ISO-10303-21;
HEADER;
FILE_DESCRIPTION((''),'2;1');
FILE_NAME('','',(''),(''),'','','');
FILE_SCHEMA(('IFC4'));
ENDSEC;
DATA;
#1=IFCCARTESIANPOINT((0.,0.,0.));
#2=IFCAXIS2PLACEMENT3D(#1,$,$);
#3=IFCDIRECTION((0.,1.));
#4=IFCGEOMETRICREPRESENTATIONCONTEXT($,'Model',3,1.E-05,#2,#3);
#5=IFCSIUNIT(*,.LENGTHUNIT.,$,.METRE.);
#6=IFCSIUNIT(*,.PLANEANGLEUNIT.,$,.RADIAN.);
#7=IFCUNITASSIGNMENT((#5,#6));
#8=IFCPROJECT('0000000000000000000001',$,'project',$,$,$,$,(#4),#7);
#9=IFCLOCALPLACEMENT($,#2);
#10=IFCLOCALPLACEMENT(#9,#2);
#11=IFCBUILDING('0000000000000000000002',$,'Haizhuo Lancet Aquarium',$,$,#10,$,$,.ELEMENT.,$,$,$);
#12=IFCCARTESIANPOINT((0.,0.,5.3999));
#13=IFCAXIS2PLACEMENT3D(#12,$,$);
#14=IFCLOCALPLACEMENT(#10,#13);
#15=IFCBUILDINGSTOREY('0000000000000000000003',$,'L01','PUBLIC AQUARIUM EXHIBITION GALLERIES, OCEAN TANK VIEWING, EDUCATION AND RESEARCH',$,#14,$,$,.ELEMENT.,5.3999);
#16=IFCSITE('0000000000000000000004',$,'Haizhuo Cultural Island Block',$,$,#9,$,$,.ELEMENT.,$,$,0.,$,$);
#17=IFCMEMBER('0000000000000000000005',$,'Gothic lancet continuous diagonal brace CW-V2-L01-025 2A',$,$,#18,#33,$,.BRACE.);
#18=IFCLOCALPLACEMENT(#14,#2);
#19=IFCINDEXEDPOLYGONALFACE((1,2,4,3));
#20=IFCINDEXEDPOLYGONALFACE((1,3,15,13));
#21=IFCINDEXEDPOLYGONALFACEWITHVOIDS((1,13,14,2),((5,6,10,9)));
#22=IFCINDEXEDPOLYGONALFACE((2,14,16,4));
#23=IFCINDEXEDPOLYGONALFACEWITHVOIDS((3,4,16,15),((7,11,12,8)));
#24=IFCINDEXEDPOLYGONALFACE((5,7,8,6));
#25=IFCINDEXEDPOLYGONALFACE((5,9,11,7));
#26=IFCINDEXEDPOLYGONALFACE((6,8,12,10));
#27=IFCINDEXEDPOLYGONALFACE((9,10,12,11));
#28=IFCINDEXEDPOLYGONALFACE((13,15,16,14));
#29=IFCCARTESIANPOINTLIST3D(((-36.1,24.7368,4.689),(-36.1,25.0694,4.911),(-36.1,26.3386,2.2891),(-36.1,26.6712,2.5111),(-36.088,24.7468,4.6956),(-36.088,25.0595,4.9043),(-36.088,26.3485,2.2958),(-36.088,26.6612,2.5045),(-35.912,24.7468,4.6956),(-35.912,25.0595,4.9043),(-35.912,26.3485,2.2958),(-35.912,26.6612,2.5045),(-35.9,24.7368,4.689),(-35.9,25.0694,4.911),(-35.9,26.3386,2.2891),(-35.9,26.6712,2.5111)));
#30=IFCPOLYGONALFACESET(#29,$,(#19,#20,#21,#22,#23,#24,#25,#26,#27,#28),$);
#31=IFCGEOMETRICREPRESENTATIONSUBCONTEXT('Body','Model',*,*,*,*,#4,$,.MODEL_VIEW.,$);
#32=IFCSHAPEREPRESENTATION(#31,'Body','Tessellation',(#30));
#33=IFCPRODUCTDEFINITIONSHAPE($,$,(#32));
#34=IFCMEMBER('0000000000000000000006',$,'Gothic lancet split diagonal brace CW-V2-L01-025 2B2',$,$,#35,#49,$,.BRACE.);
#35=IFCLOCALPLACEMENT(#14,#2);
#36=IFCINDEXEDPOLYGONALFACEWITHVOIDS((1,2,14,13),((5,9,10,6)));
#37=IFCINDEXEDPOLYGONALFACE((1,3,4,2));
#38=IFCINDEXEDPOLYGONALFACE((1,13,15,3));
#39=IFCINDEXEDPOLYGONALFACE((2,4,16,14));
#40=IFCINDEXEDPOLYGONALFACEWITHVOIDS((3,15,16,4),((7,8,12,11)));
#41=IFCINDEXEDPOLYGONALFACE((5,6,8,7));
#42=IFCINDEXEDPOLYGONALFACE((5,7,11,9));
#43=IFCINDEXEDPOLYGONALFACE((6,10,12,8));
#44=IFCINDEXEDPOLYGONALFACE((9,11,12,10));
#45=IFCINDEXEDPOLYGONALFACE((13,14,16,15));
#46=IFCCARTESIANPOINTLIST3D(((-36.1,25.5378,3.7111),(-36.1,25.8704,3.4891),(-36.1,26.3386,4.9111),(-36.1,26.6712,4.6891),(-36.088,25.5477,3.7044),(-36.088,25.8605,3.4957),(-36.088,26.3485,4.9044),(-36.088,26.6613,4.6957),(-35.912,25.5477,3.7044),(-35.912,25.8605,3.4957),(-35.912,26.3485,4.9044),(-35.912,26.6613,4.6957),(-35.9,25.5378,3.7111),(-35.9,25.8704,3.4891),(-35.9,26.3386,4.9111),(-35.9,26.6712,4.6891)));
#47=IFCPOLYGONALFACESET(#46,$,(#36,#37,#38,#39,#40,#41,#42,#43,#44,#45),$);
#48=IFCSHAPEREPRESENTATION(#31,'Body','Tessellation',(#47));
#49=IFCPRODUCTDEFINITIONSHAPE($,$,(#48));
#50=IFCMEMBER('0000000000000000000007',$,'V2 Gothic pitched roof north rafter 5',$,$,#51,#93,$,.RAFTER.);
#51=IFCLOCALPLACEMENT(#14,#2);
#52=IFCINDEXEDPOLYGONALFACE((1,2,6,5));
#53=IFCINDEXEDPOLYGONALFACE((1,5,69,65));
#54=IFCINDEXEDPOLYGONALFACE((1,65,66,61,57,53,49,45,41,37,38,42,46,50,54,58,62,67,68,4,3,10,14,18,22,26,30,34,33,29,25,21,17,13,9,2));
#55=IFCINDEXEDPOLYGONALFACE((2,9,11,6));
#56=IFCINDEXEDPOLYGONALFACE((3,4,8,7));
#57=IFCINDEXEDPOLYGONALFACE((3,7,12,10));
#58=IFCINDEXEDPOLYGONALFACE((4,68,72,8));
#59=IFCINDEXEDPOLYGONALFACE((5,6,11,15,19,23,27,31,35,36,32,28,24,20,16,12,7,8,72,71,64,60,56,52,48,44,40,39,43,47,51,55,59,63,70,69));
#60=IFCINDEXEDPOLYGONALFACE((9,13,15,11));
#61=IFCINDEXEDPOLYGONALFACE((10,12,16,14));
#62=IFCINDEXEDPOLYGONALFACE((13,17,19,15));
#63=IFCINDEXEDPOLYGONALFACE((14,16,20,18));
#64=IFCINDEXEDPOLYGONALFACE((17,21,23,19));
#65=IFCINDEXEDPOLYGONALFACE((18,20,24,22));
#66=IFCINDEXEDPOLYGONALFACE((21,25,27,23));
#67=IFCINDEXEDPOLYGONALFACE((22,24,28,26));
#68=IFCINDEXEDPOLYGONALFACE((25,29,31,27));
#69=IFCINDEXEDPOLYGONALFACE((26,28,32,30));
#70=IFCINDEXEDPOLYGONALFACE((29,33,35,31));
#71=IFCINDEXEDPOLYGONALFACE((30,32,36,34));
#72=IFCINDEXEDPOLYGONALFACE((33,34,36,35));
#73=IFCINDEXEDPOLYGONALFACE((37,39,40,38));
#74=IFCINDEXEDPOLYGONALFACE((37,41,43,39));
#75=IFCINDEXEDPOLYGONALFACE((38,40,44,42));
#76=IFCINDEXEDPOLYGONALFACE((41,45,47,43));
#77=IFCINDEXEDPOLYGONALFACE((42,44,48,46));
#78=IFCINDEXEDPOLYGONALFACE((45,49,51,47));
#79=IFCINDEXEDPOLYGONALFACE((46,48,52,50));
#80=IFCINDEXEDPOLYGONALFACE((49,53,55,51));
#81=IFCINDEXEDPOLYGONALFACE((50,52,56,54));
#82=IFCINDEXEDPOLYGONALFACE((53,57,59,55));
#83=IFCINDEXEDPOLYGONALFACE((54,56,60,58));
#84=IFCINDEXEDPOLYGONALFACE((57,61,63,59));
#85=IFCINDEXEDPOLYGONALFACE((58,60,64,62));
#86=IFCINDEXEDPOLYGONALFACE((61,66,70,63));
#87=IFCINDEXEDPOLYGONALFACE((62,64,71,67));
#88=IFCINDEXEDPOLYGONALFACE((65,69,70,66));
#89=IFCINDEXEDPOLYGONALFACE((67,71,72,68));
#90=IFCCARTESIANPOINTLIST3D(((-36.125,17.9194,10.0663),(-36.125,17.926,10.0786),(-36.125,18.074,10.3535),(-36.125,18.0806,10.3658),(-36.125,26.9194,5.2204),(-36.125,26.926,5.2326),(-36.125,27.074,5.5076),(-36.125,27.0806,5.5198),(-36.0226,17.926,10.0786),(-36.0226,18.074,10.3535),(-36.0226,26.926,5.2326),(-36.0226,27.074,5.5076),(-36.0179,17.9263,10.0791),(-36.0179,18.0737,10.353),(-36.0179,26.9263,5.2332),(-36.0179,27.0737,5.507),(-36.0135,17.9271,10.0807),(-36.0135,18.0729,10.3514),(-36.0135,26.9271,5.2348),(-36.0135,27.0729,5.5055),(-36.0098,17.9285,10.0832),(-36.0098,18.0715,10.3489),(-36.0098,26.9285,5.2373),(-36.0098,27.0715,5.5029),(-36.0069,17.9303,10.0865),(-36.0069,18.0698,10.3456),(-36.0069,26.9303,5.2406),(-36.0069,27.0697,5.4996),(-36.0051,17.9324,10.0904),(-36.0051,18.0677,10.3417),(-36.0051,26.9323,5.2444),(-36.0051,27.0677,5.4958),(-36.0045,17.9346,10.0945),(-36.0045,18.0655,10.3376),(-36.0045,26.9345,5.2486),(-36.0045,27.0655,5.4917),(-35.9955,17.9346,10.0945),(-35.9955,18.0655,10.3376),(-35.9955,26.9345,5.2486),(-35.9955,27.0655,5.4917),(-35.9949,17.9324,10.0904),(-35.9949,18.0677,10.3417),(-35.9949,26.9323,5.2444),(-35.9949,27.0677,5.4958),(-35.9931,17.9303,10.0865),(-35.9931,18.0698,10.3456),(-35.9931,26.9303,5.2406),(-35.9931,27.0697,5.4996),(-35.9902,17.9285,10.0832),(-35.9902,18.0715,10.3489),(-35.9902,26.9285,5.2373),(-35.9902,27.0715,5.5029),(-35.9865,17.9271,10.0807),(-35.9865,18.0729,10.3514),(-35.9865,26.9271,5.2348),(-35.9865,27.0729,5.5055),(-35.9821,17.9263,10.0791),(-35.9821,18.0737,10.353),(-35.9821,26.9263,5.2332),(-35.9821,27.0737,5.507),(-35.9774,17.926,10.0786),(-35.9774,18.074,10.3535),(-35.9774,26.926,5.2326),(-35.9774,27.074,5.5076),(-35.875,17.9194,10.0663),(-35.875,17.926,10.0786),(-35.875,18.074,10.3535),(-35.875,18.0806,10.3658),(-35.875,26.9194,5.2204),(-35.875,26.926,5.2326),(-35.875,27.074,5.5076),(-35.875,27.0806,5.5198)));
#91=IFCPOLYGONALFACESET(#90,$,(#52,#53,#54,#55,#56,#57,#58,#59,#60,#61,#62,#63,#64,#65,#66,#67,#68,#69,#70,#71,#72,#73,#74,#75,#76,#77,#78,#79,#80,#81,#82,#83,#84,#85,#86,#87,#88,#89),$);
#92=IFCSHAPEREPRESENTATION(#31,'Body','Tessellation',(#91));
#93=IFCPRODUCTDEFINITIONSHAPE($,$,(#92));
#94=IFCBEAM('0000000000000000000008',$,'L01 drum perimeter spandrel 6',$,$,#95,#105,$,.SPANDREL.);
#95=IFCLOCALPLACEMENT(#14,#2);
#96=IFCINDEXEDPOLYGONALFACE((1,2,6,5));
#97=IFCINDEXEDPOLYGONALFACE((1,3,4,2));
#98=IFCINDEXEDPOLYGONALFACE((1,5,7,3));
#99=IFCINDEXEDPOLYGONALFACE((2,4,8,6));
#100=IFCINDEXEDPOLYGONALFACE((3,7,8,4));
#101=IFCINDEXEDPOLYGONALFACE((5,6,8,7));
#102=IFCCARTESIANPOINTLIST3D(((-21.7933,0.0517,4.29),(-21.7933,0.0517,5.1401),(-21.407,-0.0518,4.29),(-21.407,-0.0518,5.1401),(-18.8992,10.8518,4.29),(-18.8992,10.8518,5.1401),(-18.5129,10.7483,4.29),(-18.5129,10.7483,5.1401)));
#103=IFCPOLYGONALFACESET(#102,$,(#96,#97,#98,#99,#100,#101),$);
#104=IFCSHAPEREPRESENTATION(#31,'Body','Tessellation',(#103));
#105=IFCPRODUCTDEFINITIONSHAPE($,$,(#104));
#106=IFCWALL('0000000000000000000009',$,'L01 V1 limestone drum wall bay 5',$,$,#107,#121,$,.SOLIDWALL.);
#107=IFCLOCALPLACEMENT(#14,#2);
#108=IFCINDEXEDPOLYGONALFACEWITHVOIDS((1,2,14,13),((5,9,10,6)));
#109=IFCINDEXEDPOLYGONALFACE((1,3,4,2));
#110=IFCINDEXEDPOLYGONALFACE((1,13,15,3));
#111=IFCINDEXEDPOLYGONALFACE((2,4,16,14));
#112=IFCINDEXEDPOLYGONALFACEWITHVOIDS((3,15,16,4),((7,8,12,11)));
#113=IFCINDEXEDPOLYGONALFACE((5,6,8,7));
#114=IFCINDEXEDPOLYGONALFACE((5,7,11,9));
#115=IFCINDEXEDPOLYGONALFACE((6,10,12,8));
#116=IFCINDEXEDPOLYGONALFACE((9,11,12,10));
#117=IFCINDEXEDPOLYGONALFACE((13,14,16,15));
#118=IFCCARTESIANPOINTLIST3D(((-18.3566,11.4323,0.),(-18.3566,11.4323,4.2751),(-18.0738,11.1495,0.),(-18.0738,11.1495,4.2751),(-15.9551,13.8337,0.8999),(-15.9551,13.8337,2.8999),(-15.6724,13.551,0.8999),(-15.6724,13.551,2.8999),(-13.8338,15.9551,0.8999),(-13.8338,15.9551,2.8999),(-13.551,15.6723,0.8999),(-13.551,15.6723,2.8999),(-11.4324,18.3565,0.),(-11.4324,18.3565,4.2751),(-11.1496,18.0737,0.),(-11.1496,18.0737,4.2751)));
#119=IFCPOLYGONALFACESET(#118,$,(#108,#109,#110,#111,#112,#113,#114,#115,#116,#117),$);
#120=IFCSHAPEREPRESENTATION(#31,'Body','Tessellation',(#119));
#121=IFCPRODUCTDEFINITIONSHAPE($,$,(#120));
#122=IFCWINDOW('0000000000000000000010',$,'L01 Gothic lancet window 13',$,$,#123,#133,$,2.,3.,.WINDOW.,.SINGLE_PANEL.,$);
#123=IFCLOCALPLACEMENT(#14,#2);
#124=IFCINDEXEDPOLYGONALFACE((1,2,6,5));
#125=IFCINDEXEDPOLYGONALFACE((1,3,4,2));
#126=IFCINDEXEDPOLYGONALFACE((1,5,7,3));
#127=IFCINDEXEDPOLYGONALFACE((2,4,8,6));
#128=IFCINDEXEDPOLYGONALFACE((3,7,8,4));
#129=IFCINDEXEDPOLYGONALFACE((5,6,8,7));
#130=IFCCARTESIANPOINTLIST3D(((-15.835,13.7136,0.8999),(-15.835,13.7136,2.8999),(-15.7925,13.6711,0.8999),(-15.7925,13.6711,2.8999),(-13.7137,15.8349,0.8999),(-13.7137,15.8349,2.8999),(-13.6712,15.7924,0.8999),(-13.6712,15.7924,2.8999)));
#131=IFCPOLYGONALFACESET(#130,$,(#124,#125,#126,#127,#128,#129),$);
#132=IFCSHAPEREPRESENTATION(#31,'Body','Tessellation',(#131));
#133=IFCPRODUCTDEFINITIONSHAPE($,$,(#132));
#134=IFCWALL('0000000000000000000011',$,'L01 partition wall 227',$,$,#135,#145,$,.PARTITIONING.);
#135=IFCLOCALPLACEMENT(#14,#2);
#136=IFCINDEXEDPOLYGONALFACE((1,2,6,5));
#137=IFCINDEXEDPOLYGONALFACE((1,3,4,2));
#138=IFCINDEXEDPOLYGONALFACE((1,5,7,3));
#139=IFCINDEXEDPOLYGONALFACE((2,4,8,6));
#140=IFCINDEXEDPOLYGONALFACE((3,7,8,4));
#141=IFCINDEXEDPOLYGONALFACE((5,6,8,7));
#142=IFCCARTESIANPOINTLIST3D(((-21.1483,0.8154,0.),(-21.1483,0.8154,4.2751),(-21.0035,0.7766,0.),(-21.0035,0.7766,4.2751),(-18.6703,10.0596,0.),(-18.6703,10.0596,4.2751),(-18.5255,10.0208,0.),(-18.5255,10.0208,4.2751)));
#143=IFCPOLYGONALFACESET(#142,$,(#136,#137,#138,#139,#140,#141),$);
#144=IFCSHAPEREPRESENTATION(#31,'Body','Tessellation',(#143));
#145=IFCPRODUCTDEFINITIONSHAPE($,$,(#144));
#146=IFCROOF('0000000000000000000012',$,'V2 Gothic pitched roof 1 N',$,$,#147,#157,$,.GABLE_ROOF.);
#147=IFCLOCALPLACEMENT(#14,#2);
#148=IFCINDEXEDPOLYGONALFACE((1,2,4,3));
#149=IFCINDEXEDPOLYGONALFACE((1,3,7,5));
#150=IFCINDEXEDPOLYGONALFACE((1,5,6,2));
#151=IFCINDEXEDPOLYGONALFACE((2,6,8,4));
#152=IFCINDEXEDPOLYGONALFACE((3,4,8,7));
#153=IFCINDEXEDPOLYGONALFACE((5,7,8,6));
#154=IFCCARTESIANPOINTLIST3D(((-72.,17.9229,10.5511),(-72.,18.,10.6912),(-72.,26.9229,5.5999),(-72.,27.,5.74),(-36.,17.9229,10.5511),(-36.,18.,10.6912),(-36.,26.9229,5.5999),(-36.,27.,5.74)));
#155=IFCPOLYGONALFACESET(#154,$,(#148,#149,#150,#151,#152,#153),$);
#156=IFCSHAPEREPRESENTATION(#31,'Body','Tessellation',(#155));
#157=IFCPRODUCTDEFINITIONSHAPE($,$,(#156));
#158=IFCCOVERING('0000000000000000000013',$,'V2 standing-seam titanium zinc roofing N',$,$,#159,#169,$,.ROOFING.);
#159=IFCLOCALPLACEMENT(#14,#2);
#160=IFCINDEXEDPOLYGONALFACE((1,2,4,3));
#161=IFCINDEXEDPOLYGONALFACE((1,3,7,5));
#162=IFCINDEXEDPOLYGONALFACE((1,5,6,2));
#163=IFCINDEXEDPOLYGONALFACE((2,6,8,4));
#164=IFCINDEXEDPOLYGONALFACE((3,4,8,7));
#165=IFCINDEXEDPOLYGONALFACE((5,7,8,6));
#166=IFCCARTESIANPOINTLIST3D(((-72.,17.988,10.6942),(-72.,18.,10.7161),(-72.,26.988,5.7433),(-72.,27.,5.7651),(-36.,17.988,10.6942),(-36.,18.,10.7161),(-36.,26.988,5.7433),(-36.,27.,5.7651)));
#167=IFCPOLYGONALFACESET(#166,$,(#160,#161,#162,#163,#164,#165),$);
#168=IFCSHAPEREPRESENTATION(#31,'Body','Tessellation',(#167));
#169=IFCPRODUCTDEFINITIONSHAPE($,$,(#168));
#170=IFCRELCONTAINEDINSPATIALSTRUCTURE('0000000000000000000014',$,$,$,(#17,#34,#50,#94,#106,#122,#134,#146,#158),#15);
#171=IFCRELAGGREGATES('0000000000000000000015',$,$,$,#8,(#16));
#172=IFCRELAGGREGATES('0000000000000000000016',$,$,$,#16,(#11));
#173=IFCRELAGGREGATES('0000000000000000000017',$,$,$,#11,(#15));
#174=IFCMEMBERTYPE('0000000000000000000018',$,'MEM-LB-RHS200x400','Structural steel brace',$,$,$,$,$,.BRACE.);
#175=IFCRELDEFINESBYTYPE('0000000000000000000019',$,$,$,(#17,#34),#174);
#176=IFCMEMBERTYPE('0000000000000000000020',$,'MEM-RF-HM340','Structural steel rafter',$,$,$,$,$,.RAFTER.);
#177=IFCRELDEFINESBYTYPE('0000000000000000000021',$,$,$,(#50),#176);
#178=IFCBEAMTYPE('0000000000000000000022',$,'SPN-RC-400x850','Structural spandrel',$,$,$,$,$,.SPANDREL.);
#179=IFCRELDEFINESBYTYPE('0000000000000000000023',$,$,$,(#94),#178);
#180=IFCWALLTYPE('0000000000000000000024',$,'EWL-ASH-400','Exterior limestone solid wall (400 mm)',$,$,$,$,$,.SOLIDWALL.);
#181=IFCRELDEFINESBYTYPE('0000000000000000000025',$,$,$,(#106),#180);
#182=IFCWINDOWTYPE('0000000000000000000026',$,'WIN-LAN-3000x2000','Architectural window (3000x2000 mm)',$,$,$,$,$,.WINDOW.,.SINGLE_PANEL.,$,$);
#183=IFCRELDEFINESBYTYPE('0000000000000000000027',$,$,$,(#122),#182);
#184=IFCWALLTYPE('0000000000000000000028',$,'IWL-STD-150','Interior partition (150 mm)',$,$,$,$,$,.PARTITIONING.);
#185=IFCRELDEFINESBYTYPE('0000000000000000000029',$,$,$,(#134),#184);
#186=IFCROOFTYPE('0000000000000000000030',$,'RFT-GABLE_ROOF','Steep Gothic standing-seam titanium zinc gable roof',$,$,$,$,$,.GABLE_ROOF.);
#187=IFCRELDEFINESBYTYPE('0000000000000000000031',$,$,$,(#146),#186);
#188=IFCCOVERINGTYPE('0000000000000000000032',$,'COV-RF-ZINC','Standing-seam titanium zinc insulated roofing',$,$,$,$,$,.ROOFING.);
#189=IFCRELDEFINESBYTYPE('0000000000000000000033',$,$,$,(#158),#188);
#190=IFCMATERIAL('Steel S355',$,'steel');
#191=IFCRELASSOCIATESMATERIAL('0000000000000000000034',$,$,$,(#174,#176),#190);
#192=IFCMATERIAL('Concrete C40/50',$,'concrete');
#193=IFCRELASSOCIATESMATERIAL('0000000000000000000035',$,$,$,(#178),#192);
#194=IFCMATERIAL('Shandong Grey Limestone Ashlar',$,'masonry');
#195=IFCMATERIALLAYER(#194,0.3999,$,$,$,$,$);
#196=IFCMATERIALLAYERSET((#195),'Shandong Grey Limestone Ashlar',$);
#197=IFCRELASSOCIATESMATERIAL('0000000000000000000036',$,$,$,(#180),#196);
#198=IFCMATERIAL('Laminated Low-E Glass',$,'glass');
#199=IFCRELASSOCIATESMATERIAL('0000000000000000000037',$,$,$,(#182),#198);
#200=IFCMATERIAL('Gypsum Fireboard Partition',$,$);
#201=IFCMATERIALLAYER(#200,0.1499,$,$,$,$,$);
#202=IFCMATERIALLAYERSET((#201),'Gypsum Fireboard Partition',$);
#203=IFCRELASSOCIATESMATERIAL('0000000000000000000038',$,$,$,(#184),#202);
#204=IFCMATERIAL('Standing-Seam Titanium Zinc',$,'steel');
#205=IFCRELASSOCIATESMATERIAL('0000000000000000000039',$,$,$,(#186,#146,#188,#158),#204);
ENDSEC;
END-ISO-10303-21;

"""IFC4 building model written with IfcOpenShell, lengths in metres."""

from ifc_helpers import new_model, si_unit, direction, frame, frame_2d, origin, origin_2d, place, context, subcontext, project, spatial, polyline, rectangle, hollow_rectangle, i_section, outline, extrude, material, layer, layer_set, material_profile, profile_set, type_object, element, fill, save


model = new_model("IFC4")

# Units and contexts
model_context = context("Model", 3, precision=1e-05, world=origin(), true_north=direction((0.0, 1.0)))
body_context = subcontext(model_context, "Body", "Model", "MODEL_VIEW")
ifc_project = project(units=[si_unit("LENGTHUNIT", "METRE"), si_unit("PLANEANGLEUNIT", "RADIAN")], contexts=[model_context])

# Site, building, storey
site_placement = place(None, origin())
site = spatial("IfcSite", under=ifc_project, at=site_placement, Name="Haizhuo Cultural Island Block", CompositionType="ELEMENT", RefElevation=0.0)
building_placement = place(site_placement, origin())
building = spatial("IfcBuilding", under=site, at=building_placement, Name="Haizhuo Lancet Aquarium", CompositionType="ELEMENT")
storey_placement = place(building_placement, frame((0.0, 0.0, 5.3999)))
storey = spatial("IfcBuildingStorey", under=building, at=storey_placement, Name="L01", Description="PUBLIC AQUARIUM EXHIBITION GALLERIES, OCEAN TANK VIEWING, EDUCATION AND RESEARCH", CompositionType="ELEMENT", Elevation=5.3999)

# Shared definitions
ifc_material_1 = material(Name="Concrete C40/50", Category="concrete")

# Members
ifc_material_2 = material(Name="Steel S355", Category="steel")
ifc_material_profile_1 = material_profile(ifc_material_2, hollow_rectangle(XDim=0.2, YDim=0.3999, WallThickness=0.012, at=origin_2d()), Name="RHS 200x400x12")
ifc_profile_set_1 = profile_set([ifc_material_profile_1], Name="Steel S355")
member_type_1 = type_object("IfcMemberType", Name="MEM-LB-RHS200x400", Description="Structural steel brace", PredefinedType="BRACE", material=ifc_profile_set_1)
member_1_placement = place(storey_placement, frame((-36.0, 26.5049, 2.4001), z_axis=(0.0, -0.555149, 0.831751), x_axis=(1.0, 0.0, 0.0)))
element("IfcMember", 1, at=member_1_placement, inside=storey, type_object=member_type_1, Name="Gothic lancet continuous diagonal brace CW-V2-L01-025 2A", PredefinedType="BRACE", context=body_context, shape_type="SweptSolid", body=[
    extrude(hollow_rectangle(XDim=0.2, YDim=0.3999, WallThickness=0.012, at=origin_2d()), origin(), (0.0, 0.0, 1.0), 2.8853),
])
member_2_placement = place(storey_placement, frame((-36.0, 25.7041, 3.6001), z_axis=(0.0, 0.555091, 0.83179), x_axis=(-1.0, 0.0, 0.0)))
element("IfcMember", 2, at=member_2_placement, inside=storey, type_object=member_type_1, Name="Gothic lancet split diagonal brace CW-V2-L01-025 2B2", PredefinedType="BRACE", context=body_context, shape_type="SweptSolid", body=[
    extrude(hollow_rectangle(XDim=0.2, YDim=0.3999, WallThickness=0.012, at=origin_2d()), origin(), (0.0, 0.0, 1.0), 1.4426),
])
ifc_material_profile_2 = material_profile(ifc_material_2, i_section(OverallWidth=0.25, OverallDepth=0.3401, WebThickness=0.009, FlangeThickness=0.0139, FilletRadius=0.0181, at=origin_2d()), Name="HM 340x250x9x14")
ifc_profile_set_2 = profile_set([ifc_material_profile_2], Name="Steel S355")
member_type_2 = type_object("IfcMemberType", Name="MEM-RF-HM340", Description="Structural steel rafter", PredefinedType="RAFTER", material=ifc_profile_set_2)
member_3_placement = place(storey_placement, frame((-36.0, 27.0, 5.3701), z_axis=(0.0, -0.88048, 0.474084), x_axis=(1.0, 0.0, 0.0)))
element("IfcMember", 3, at=member_3_placement, inside=storey, type_object=member_type_2, Name="V2 Gothic pitched roof north rafter 5", PredefinedType="RAFTER", context=body_context, shape_type="SweptSolid", body=[
    extrude(i_section(OverallWidth=0.25, OverallDepth=0.3401, WebThickness=0.009, FlangeThickness=0.0139, FilletRadius=0.0181, at=origin_2d()), origin(), (0.0, 0.0, 1.0), 10.2217),
])

# Beam
ifc_material_profile_3 = material_profile(ifc_material_1, rectangle(XDim=0.3999, YDim=0.8501, at=origin_2d()), Name="RC-SP 400x850")
ifc_profile_set_3 = profile_set([ifc_material_profile_3], Name="Concrete C40/50")
beam_type_1 = type_object("IfcBeamType", Name="SPN-RC-400x850", Description="Structural spandrel", PredefinedType="SPANDREL", material=ifc_profile_set_3)
beam_1_placement = place(storey_placement, frame((-18.7061, 10.8, 4.7151), z_axis=(-0.258834, -0.965922, 0.0), x_axis=(0.965922, -0.258834, 0.0)))
element("IfcBeam", 4, at=beam_1_placement, inside=storey, type_object=beam_type_1, Name="L01 drum perimeter spandrel 6", PredefinedType="SPANDREL", context=body_context, shape_type="SweptSolid", body=[
    extrude(rectangle(XDim=0.3999, YDim=0.8501, at=origin_2d()), origin(), (0.0, 0.0, 1.0), 11.1812),
])

# Wall, opening, window
ifc_material_3 = material(Name="Shandong Grey Limestone Ashlar", Category="masonry")
ifc_layer_1 = layer(ifc_material_3, 0.3999)
ifc_layer_set_1 = layer_set([ifc_layer_1], Name="Shandong Grey Limestone Ashlar")
wall_type_1 = type_object("IfcWallType", Name="EWL-ASH-400", Description="Exterior limestone solid wall (400 mm)", PredefinedType="SOLIDWALL", material=ifc_layer_set_1)
wall_1_placement = place(storey_placement, frame((-18.2151, 11.291, 0.0), z_axis=(0.0, 0.0, 1.0), x_axis=(0.707107, 0.707107, 0.0)))
wall_1 = element("IfcWall", 5, at=wall_1_placement, inside=storey, type_object=wall_type_1, Name="L01 V1 limestone drum wall bay 5", PredefinedType="SOLIDWALL", context=body_context, shape_type="SweptSolid", body=[
    extrude(rectangle(XDim=9.7922, YDim=0.3999, at=frame_2d((4.896, 0.0))), origin(), (0.0, 0.0, 1.0), 4.2751),
])
opening_placement = place(wall_1_placement, frame((3.396, 0.0, 0.8999)))
opening = element("IfcOpeningElement", 6, at=opening_placement, cuts=wall_1, PredefinedType="OPENING", context=body_context, shape_type="SweptSolid", body=[
    extrude(rectangle(XDim=3.0, YDim=2.0, at=frame_2d((1.5, 1.0))), frame((0.0, 0.21, 0.0), z_axis=(0.0, -1.0, 0.0), x_axis=(1.0, 0.0, 0.0)), (0.0, 0.0, 1.0), 0.4199),
])
ifc_material_4 = material(Name="Laminated Low-E Glass", Category="glass")
window_type = type_object("IfcWindowType", Name="WIN-LAN-3000x2000", Description="Architectural window (3000x2000 mm)", PartitioningType="SINGLE_PANEL", PredefinedType="WINDOW", material=ifc_material_4)
window_placement = place(opening_placement, origin())
window = element("IfcWindow", 7, at=window_placement, inside=storey, type_object=window_type, Name="L01 Gothic lancet window 13", OverallHeight=2.0, OverallWidth=3.0, PartitioningType="SINGLE_PANEL", PredefinedType="WINDOW", context=body_context, shape_type="SweptSolid", body=[
    extrude(rectangle(XDim=3.0, YDim=2.0, at=frame_2d((1.5, 1.0))), frame((0.0, 0.03, 0.0), z_axis=(0.0, -1.0, 0.0), x_axis=(1.0, 0.0, 0.0)), (0.0, 0.0, 1.0), 0.0601),
])
fill(opening, window)

# Wall
ifc_material_5 = material(Name="Gypsum Fireboard Partition")
ifc_layer_2 = layer(ifc_material_5, 0.1499)
ifc_layer_set_2 = layer_set([ifc_layer_2], Name="Gypsum Fireboard Partition")
wall_type_2 = type_object("IfcWallType", Name="IWL-STD-150", Description="Interior partition (150 mm)", PredefinedType="PARTITIONING", material=ifc_layer_set_2)
wall_2_placement = place(storey_placement, frame((-18.5979, 10.04, 0.0), z_axis=(0.0, 0.0, 1.0), x_axis=(-0.258923, -0.965898, 0.0)))
element("IfcWall", 8, at=wall_2_placement, inside=storey, type_object=wall_type_2, Name="L01 partition wall 227", PredefinedType="PARTITIONING", context=body_context, shape_type="SweptSolid", body=[
    extrude(rectangle(XDim=9.5706, YDim=0.1499, at=frame_2d((4.7852, 0.0))), origin(), (0.0, 0.0, 1.0), 4.2751),
])

# Roof
ifc_material_6 = material(Name="Standing-Seam Titanium Zinc", Category="steel")
roof_type = type_object("IfcRoofType", Name="RFT-GABLE_ROOF", Description="Steep Gothic standing-seam titanium zinc gable roof", PredefinedType="GABLE_ROOF", material=ifc_material_6)
roof_placement = place(storey_placement, frame((-36.0, 27.0, 5.74), z_axis=(0.0, 0.482006, 0.876168), x_axis=(-1.0, 0.0, 0.0)))
element("IfcRoof", 9, at=roof_placement, inside=storey, type_object=roof_type, material=ifc_material_6, Name="V2 Gothic pitched roof 1 N", PredefinedType="GABLE_ROOF", context=body_context, shape_type="SweptSolid", body=[
    extrude(outline(polyline([(0.0, 0.0), (36.0, 0.0), (36.0, 10.272), (0.0, 10.272), (0.0, 0.0)])), origin(), (0.0, 0.0, -1.0), 0.1599),
])

# Covering
covering_type_1 = type_object("IfcCoveringType", Name="COV-RF-ZINC", Description="Standing-seam titanium zinc insulated roofing", PredefinedType="ROOFING", material=ifc_material_6)
covering_1_placement = place(storey_placement, frame((-36.0, 27.0, 5.7651), z_axis=(0.0, 0.481988, 0.876178), x_axis=(-1.0, 0.0, 0.0)))
element("IfcCovering", 10, at=covering_1_placement, inside=storey, type_object=covering_type_1, material=ifc_material_6, Name="V2 standing-seam titanium zinc roofing N", PredefinedType="ROOFING", context=body_context, shape_type="SweptSolid", body=[
    extrude(outline(polyline([(0.0, 0.0), (36.0, 0.0), (36.0, 10.2719), (0.0, 10.2719), (0.0, 0.0)])), origin(), (0.0, 0.0, -1.0), 0.0249),
])

save(model, "model.ifc")
